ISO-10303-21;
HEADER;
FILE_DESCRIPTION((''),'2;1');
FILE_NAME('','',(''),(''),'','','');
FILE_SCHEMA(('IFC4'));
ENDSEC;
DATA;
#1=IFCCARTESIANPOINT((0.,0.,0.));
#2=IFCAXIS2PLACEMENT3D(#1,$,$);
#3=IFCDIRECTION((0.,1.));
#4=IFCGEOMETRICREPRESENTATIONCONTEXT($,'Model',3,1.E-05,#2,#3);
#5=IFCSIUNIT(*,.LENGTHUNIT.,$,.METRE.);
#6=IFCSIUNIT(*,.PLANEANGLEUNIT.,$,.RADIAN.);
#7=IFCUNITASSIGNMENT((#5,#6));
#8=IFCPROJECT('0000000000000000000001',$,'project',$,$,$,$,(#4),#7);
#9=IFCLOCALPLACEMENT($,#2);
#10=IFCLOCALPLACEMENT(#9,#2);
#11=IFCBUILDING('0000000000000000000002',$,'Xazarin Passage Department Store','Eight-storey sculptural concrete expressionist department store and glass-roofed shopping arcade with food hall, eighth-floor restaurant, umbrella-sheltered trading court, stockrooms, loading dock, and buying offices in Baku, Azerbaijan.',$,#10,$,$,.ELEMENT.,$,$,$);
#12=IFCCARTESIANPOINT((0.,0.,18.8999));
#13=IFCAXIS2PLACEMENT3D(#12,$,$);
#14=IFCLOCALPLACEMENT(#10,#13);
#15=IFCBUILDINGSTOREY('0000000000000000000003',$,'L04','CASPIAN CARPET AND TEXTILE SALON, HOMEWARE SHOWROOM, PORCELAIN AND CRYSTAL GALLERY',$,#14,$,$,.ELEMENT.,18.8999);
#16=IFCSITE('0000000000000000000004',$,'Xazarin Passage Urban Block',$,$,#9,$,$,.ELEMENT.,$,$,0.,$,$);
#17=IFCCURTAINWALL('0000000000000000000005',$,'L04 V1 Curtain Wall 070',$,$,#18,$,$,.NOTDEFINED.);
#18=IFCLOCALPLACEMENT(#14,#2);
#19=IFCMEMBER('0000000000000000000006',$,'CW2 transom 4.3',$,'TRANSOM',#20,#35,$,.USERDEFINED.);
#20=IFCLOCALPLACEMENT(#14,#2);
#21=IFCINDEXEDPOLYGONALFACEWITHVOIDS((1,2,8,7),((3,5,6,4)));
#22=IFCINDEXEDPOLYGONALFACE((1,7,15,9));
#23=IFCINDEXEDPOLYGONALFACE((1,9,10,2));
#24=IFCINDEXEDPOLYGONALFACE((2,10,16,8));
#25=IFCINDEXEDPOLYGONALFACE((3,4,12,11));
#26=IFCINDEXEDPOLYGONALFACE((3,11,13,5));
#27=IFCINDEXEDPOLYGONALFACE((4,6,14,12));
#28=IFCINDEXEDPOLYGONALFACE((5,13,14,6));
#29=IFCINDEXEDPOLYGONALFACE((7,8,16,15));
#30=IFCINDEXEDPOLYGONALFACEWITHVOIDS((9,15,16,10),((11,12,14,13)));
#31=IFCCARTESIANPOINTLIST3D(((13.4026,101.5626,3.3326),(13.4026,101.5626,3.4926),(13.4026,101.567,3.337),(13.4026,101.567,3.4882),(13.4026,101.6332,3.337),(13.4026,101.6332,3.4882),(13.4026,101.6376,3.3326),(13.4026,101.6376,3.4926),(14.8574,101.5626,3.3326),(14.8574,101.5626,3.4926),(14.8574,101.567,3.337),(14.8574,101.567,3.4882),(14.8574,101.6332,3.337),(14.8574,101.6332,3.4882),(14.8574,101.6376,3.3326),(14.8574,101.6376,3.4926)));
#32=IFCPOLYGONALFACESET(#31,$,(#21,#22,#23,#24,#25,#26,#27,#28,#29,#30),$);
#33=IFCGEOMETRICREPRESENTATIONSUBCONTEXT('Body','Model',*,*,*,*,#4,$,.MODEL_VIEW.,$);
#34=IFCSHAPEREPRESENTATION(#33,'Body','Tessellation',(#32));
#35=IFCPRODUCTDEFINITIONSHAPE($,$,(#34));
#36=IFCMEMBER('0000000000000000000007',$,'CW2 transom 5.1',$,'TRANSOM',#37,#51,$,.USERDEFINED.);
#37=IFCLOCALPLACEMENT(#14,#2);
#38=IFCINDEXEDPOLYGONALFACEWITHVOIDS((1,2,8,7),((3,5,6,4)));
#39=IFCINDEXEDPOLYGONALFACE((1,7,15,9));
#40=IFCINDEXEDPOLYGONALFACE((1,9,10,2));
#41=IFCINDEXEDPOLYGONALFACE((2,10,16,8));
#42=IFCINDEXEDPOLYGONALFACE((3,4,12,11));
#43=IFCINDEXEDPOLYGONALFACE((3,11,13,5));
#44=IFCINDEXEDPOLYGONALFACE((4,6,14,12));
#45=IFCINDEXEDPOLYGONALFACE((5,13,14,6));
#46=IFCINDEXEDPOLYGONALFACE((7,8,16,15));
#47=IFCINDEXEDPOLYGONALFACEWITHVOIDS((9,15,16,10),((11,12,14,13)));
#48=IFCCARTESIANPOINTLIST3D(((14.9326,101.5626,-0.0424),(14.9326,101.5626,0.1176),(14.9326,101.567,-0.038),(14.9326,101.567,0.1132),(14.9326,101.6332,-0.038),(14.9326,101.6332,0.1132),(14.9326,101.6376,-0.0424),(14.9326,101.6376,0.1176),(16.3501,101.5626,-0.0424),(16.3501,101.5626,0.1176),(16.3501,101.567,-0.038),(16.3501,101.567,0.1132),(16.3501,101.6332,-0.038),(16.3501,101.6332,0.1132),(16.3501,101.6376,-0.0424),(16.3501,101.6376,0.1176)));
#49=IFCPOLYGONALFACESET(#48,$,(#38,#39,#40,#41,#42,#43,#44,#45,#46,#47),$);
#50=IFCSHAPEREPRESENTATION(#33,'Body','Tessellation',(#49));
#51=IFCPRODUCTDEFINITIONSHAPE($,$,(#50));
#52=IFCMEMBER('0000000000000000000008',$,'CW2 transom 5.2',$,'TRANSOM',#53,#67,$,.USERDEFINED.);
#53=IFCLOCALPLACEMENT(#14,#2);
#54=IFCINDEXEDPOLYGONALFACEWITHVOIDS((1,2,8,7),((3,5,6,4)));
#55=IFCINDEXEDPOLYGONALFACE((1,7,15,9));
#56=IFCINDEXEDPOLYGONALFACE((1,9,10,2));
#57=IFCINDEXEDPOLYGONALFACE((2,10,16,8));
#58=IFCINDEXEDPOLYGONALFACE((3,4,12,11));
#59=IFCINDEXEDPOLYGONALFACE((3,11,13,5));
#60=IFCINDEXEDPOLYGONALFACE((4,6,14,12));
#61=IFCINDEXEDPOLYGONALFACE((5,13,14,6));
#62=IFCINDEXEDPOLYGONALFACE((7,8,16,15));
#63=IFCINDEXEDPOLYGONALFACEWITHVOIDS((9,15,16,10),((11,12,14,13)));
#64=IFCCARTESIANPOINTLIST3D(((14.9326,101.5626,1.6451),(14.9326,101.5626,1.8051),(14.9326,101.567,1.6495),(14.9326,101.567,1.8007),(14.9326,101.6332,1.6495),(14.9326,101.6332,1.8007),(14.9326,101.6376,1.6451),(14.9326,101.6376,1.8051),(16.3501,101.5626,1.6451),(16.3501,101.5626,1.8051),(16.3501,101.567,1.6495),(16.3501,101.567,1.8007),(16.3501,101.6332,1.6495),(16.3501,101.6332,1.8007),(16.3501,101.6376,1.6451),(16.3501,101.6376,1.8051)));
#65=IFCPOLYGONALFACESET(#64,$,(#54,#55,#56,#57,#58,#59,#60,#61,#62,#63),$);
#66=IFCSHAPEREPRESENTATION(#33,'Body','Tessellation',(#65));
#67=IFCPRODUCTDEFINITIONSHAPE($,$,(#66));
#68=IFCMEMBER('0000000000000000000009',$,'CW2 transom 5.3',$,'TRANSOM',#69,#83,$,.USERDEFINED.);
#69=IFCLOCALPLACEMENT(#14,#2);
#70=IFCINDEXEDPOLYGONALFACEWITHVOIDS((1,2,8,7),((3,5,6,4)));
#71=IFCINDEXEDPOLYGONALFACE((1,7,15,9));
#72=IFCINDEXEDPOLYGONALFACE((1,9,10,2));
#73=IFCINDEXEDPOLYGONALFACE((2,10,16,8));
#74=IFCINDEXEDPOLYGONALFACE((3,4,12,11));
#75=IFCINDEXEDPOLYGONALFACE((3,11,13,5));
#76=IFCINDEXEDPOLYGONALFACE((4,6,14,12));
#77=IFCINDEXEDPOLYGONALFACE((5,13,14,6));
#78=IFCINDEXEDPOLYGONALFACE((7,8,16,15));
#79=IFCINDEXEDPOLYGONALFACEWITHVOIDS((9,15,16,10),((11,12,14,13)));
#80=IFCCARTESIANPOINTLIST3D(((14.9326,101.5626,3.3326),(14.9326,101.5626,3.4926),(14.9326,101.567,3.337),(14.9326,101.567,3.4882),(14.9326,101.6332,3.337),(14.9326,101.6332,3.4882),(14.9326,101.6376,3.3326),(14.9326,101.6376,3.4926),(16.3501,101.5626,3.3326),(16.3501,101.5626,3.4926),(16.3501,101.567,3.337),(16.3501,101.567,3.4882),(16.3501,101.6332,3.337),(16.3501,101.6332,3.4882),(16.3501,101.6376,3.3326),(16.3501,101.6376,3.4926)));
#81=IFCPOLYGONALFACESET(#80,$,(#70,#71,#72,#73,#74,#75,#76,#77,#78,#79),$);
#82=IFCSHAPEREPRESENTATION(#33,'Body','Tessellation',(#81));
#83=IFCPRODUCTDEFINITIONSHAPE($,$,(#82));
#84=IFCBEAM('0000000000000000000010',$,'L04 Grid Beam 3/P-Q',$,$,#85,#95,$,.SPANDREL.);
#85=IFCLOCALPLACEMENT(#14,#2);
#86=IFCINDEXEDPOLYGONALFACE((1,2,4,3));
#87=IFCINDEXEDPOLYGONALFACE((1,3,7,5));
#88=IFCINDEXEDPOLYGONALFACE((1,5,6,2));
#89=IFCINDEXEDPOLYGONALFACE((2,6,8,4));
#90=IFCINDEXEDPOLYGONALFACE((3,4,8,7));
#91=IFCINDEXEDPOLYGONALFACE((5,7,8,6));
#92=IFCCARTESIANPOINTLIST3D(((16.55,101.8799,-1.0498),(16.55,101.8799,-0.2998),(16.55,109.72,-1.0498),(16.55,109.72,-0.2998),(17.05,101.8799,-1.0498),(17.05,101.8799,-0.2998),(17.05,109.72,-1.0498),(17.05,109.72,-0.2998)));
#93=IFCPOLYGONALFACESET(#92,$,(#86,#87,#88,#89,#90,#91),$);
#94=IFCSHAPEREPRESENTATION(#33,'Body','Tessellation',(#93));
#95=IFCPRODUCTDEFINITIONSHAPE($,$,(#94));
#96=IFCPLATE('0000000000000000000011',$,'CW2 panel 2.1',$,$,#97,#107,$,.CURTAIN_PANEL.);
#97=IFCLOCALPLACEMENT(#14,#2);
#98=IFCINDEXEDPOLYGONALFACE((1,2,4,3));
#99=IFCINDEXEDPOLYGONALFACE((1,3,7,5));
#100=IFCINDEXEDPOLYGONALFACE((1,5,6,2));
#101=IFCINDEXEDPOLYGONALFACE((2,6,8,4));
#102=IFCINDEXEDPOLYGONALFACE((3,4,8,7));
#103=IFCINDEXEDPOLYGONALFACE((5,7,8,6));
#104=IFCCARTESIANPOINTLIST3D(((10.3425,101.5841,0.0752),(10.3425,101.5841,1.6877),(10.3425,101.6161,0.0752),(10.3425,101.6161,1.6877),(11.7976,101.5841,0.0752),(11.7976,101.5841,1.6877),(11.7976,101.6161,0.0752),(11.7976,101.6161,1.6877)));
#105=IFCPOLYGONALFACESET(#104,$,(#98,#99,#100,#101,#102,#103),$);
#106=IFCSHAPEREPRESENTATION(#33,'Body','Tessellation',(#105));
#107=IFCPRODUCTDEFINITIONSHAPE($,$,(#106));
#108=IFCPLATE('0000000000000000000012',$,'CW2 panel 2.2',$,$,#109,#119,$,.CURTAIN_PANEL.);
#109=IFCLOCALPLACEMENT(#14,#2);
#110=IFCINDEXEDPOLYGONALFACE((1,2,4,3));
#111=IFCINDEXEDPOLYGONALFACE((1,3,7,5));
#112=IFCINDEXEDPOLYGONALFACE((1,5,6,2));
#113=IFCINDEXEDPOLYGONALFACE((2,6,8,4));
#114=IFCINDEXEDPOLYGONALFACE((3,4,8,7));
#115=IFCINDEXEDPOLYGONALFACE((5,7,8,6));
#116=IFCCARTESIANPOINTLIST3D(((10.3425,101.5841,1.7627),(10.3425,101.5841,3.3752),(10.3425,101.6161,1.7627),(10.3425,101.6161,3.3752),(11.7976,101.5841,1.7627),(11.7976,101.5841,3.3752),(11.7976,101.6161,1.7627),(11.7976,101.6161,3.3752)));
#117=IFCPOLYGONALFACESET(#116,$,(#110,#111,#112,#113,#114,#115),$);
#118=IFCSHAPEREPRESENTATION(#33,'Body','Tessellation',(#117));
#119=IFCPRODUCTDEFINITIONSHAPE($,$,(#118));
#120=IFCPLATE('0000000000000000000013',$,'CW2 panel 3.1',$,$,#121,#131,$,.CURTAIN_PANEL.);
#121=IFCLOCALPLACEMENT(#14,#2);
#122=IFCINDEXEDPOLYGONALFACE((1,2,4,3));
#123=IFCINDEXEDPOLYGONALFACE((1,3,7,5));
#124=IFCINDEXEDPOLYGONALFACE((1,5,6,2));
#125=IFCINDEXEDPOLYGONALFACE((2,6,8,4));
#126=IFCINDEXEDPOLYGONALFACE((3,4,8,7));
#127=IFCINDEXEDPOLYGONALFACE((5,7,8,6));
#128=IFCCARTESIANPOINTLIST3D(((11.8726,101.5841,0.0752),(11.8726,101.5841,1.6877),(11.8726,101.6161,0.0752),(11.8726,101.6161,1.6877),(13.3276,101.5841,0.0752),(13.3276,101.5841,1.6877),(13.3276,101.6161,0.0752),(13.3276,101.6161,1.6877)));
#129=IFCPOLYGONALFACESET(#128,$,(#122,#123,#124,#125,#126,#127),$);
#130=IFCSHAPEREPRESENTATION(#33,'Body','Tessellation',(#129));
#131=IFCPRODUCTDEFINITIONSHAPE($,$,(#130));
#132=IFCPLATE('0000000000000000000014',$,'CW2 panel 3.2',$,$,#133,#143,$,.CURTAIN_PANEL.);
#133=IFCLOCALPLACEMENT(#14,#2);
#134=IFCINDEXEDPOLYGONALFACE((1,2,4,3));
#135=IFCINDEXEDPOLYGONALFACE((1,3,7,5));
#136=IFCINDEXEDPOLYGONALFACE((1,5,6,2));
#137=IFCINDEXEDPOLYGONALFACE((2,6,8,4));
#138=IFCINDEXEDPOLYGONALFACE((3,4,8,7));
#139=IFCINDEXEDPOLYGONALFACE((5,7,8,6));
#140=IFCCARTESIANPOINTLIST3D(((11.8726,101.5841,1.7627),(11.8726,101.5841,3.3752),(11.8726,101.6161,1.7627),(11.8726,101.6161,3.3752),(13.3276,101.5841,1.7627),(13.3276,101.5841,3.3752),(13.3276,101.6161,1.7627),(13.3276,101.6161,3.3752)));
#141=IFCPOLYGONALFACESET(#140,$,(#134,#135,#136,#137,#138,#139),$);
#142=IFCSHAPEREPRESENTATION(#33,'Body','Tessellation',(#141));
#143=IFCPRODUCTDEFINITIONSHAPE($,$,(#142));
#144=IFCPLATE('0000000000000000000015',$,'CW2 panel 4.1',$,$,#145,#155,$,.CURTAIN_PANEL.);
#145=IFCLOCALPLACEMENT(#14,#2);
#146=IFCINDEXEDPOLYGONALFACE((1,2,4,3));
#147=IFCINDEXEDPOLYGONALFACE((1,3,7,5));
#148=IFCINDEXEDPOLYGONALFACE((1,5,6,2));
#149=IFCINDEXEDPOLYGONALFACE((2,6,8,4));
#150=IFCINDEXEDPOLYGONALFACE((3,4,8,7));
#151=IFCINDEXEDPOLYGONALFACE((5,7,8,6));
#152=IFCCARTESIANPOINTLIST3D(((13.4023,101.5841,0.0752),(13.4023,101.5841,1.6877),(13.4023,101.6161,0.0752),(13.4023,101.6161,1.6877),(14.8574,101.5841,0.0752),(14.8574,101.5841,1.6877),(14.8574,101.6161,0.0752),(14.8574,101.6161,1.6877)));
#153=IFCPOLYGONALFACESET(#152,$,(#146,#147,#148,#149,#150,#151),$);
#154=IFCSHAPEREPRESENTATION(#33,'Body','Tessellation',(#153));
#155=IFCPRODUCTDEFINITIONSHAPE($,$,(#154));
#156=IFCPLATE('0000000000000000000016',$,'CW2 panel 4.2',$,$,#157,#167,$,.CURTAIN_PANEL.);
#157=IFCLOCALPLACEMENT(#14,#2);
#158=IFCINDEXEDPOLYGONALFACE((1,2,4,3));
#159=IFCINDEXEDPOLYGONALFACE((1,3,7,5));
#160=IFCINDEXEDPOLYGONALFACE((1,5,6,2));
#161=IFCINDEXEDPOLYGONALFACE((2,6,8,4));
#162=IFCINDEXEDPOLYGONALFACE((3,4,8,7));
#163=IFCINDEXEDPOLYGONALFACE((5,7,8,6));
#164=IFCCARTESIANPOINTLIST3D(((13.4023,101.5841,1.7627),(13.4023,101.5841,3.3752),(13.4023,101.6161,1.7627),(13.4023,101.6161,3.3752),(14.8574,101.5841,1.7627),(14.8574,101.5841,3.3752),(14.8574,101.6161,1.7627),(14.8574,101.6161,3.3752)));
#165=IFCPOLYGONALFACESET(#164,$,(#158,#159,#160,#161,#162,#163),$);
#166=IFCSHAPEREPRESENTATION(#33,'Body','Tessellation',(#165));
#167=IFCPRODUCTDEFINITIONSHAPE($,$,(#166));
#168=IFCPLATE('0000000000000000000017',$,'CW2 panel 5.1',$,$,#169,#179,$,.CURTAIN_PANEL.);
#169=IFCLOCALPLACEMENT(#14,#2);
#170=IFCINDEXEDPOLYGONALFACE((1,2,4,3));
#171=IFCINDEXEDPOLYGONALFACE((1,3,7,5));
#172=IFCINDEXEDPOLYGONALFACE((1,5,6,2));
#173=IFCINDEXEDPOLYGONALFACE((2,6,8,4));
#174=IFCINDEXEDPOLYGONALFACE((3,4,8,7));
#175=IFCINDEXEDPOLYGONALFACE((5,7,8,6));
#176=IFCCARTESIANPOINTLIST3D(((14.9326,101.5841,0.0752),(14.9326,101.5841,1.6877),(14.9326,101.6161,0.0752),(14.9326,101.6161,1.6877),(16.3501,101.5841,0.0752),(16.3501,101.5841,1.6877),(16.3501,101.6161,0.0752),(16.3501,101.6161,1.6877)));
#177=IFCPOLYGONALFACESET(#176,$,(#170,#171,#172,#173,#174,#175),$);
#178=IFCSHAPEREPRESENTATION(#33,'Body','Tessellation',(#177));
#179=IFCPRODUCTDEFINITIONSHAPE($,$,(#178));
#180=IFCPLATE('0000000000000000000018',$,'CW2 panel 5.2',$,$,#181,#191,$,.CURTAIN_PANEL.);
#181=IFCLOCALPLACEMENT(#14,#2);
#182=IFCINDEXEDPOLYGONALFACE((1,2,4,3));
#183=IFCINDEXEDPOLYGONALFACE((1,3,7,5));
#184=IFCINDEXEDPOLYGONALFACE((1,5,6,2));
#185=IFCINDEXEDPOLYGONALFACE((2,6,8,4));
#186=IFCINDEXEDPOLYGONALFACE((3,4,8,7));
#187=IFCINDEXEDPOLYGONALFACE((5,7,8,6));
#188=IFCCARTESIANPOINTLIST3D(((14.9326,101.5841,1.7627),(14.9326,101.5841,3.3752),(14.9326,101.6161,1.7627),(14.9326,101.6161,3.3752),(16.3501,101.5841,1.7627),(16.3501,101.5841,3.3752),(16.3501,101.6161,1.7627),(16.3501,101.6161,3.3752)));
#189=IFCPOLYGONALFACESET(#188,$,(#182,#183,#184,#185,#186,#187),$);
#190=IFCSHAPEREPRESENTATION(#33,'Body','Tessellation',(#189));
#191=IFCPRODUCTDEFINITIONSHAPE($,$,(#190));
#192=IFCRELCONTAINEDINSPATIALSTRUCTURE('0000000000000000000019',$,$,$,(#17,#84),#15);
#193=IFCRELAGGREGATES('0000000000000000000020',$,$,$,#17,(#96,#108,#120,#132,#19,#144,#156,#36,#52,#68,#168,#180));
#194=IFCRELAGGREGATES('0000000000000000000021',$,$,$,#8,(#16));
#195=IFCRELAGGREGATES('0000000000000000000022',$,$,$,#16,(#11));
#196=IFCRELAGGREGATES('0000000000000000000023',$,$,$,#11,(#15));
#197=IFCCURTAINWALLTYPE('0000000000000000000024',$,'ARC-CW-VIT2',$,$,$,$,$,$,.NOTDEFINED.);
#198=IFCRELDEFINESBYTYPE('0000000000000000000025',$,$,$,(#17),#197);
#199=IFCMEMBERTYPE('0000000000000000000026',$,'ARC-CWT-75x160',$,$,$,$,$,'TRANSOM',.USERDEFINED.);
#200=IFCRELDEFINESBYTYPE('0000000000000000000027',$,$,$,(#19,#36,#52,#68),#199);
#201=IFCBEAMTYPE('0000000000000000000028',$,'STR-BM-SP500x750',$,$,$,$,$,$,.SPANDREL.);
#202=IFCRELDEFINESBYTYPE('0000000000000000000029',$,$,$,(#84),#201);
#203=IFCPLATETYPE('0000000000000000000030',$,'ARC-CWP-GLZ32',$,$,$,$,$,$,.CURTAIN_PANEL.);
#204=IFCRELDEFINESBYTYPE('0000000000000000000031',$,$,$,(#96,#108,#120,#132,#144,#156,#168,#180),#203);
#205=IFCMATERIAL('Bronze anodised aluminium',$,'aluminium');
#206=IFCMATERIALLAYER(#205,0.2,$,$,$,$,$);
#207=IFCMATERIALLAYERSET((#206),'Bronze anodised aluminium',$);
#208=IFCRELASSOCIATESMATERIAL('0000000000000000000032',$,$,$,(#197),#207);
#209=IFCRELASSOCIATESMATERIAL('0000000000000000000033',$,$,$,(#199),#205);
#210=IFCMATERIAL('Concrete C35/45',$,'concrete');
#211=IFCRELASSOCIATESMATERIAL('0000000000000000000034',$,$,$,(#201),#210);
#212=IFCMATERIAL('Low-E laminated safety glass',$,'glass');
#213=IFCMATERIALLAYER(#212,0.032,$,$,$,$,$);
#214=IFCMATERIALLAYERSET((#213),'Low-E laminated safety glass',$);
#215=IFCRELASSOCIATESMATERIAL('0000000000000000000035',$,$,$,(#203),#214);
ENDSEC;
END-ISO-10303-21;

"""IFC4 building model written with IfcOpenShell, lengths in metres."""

from ifc_helpers import new_model, si_unit, direction, frame, origin, origin_2d, place, context, subcontext, project, spatial, rectangle, hollow_rectangle, extrude, material, layer, layer_set, material_profile, profile_set, type_object, element, aggregate, save


model = new_model("IFC4")

# Units and contexts
model_context = context("Model", 3, precision=1e-05, world=origin(), true_north=direction((0.0, 1.0)))
body_context = subcontext(model_context, "Body", "Model", "MODEL_VIEW")
ifc_project = project(units=[si_unit("LENGTHUNIT", "METRE"), si_unit("PLANEANGLEUNIT", "RADIAN")], contexts=[model_context])

# Site, building, storey
site_placement = place(None, origin())
site = spatial("IfcSite", under=ifc_project, at=site_placement, Name="Xazarin Passage Urban Block", CompositionType="ELEMENT", RefElevation=0.0)
building_placement = place(site_placement, origin())
building = spatial("IfcBuilding", under=site, at=building_placement, Name="Xazarin Passage Department Store", Description="Eight-storey sculptural concrete expressionist department store and glass-roofed shopping arcade with food hall, eighth-floor restaurant, umbrella-sheltered trading court, stockrooms, loading dock, and buying offices in Baku, Azerbaijan.", CompositionType="ELEMENT")
storey_placement = place(building_placement, frame((0.0, 0.0, 18.8999)))
storey = spatial("IfcBuildingStorey", under=building, at=storey_placement, Name="L04", Description="CASPIAN CARPET AND TEXTILE SALON, HOMEWARE SHOWROOM, PORCELAIN AND CRYSTAL GALLERY", CompositionType="ELEMENT", Elevation=18.8999)

# Curtain wall
ifc_material_1 = material(Name="Bronze anodised aluminium", Category="aluminium")
ifc_layer_1 = layer(ifc_material_1, 0.2)
ifc_layer_set_1 = layer_set([ifc_layer_1], Name="Bronze anodised aluminium")
curtain_wall_type = type_object("IfcCurtainWallType", Name="ARC-CW-VIT2", PredefinedType="NOTDEFINED", material=ifc_layer_set_1)
curtain_wall_1_placement = place(storey_placement, origin())
curtain_wall_1 = element("IfcCurtainWall", 1, at=curtain_wall_1_placement, inside=storey, type_object=curtain_wall_type, Name="L04 V1 Curtain Wall 070", PredefinedType="NOTDEFINED")

# Members
ifc_material_profile_1 = material_profile(ifc_material_1, hollow_rectangle(XDim=0.075, YDim=0.1599, WallThickness=0.0044, at=origin_2d()), Name="ALU 75x160")
ifc_profile_set_1 = profile_set([ifc_material_profile_1], Name="Bronze anodised aluminium")
member_type_1 = type_object("IfcMemberType", Name="ARC-CWT-75x160", ElementType="TRANSOM", PredefinedType="USERDEFINED", material=ifc_profile_set_1)
member_1_placement = place(storey_placement, frame((13.4026, 101.6001, 3.4126), z_axis=(1.0, 0.0, 0.0), x_axis=(0.0, 1.0, 0.0)))
member_1 = element("IfcMember", 2, at=member_1_placement, type_object=member_type_1, Name="CW2 transom 4.3", ObjectType="TRANSOM", PredefinedType="USERDEFINED", context=body_context, shape_type="SweptSolid", body=[
    extrude(hollow_rectangle(XDim=0.075, YDim=0.1599, WallThickness=0.0044, at=origin_2d()), origin(), (0.0, 0.0, 1.0), 1.4548),
])
member_2_placement = place(storey_placement, frame((14.9326, 101.6001, 0.0376), z_axis=(1.0, 0.0, 0.0), x_axis=(0.0, 1.0, 0.0)))
member_2 = element("IfcMember", 3, at=member_2_placement, type_object=member_type_1, Name="CW2 transom 5.1", ObjectType="TRANSOM", PredefinedType="USERDEFINED", context=body_context, shape_type="SweptSolid", body=[
    extrude(hollow_rectangle(XDim=0.075, YDim=0.1599, WallThickness=0.0044, at=origin_2d()), origin(), (0.0, 0.0, 1.0), 1.4175),
])
member_3_placement = place(storey_placement, frame((14.9326, 101.6001, 1.7251), z_axis=(1.0, 0.0, 0.0), x_axis=(0.0, 1.0, 0.0)))
member_3 = element("IfcMember", 4, at=member_3_placement, type_object=member_type_1, Name="CW2 transom 5.2", ObjectType="TRANSOM", PredefinedType="USERDEFINED", context=body_context, shape_type="SweptSolid", body=[
    extrude(hollow_rectangle(XDim=0.075, YDim=0.1599, WallThickness=0.0044, at=origin_2d()), origin(), (0.0, 0.0, 1.0), 1.4175),
])
member_4_placement = place(storey_placement, frame((14.9326, 101.6001, 3.4126), z_axis=(1.0, 0.0, 0.0), x_axis=(0.0, 1.0, 0.0)))
member_4 = element("IfcMember", 5, at=member_4_placement, type_object=member_type_1, Name="CW2 transom 5.3", ObjectType="TRANSOM", PredefinedType="USERDEFINED", context=body_context, shape_type="SweptSolid", body=[
    extrude(hollow_rectangle(XDim=0.075, YDim=0.1599, WallThickness=0.0044, at=origin_2d()), origin(), (0.0, 0.0, 1.0), 1.4175),
])

# Beam
ifc_material_2 = material(Name="Concrete C35/45", Category="concrete")
ifc_material_profile_2 = material_profile(ifc_material_2, rectangle(XDim=0.5, YDim=0.75, at=origin_2d()), Name="RC 500x750")
ifc_profile_set_2 = profile_set([ifc_material_profile_2], Name="Concrete C35/45")
beam_type = type_object("IfcBeamType", Name="STR-BM-SP500x750", PredefinedType="SPANDREL", material=ifc_profile_set_2)
beam_placement = place(storey_placement, frame((16.8, 101.8799, -0.6748), z_axis=(0.0, 1.0, 0.0), x_axis=(-1.0, 0.0, 0.0)))
element("IfcBeam", 6, at=beam_placement, inside=storey, type_object=beam_type, Name="L04 Grid Beam 3/P-Q", PredefinedType="SPANDREL", context=body_context, shape_type="SweptSolid", body=[
    extrude(rectangle(XDim=0.5, YDim=0.75, at=origin_2d()), origin(), (0.0, 0.0, 1.0), 7.8401),
])

# Plates
ifc_material_3 = material(Name="Low-E laminated safety glass", Category="glass")
ifc_layer_2 = layer(ifc_material_3, 0.032)
ifc_layer_set_2 = layer_set([ifc_layer_2], Name="Low-E laminated safety glass")
plate_type = type_object("IfcPlateType", Name="ARC-CWP-GLZ32", PredefinedType="CURTAIN_PANEL", material=ifc_layer_set_2)
plate_1_placement = place(storey_placement, frame((11.0701, 101.6001, 0.0752), z_axis=(0.0, 0.0, 1.0), x_axis=(1.0, 0.0, 0.0)))
plate_1 = element("IfcPlate", 7, at=plate_1_placement, type_object=plate_type, Name="CW2 panel 2.1", PredefinedType="CURTAIN_PANEL", context=body_context, shape_type="SweptSolid", body=[
    extrude(rectangle(XDim=1.4551, YDim=0.032, at=origin_2d()), origin(), (0.0, 0.0, 1.0), 1.6125),
])
plate_2_placement = place(storey_placement, frame((11.0701, 101.6001, 1.7627), z_axis=(0.0, 0.0, 1.0), x_axis=(1.0, 0.0, 0.0)))
plate_2 = element("IfcPlate", 8, at=plate_2_placement, type_object=plate_type, Name="CW2 panel 2.2", PredefinedType="CURTAIN_PANEL", context=body_context, shape_type="SweptSolid", body=[
    extrude(rectangle(XDim=1.4551, YDim=0.032, at=origin_2d()), origin(), (0.0, 0.0, 1.0), 1.6125),
])
plate_3_placement = place(storey_placement, frame((12.6001, 101.6001, 0.0752), z_axis=(0.0, 0.0, 1.0), x_axis=(1.0, 0.0, 0.0)))
plate_3 = element("IfcPlate", 9, at=plate_3_placement, type_object=plate_type, Name="CW2 panel 3.1", PredefinedType="CURTAIN_PANEL", context=body_context, shape_type="SweptSolid", body=[
    extrude(rectangle(XDim=1.4551, YDim=0.032, at=origin_2d()), origin(), (0.0, 0.0, 1.0), 1.6125),
])
plate_4_placement = place(storey_placement, frame((12.6001, 101.6001, 1.7627), z_axis=(0.0, 0.0, 1.0), x_axis=(1.0, 0.0, 0.0)))
plate_4 = element("IfcPlate", 10, at=plate_4_placement, type_object=plate_type, Name="CW2 panel 3.2", PredefinedType="CURTAIN_PANEL", context=body_context, shape_type="SweptSolid", body=[
    extrude(rectangle(XDim=1.4551, YDim=0.032, at=origin_2d()), origin(), (0.0, 0.0, 1.0), 1.6125),
])
plate_5_placement = place(storey_placement, frame((14.1299, 101.6001, 0.0752), z_axis=(0.0, 0.0, 1.0), x_axis=(1.0, 0.0, 0.0)))
plate_5 = element("IfcPlate", 11, at=plate_5_placement, type_object=plate_type, Name="CW2 panel 4.1", PredefinedType="CURTAIN_PANEL", context=body_context, shape_type="SweptSolid", body=[
    extrude(rectangle(XDim=1.4551, YDim=0.032, at=origin_2d()), origin(), (0.0, 0.0, 1.0), 1.6125),
])
plate_6_placement = place(storey_placement, frame((14.1299, 101.6001, 1.7627), z_axis=(0.0, 0.0, 1.0), x_axis=(1.0, 0.0, 0.0)))
plate_6 = element("IfcPlate", 12, at=plate_6_placement, type_object=plate_type, Name="CW2 panel 4.2", PredefinedType="CURTAIN_PANEL", context=body_context, shape_type="SweptSolid", body=[
    extrude(rectangle(XDim=1.4551, YDim=0.032, at=origin_2d()), origin(), (0.0, 0.0, 1.0), 1.6125),
])
plate_7_placement = place(storey_placement, frame((15.6414, 101.6001, 0.0752), z_axis=(0.0, 0.0, 1.0), x_axis=(1.0, 0.0, 0.0)))
plate_7 = element("IfcPlate", 13, at=plate_7_placement, type_object=plate_type, Name="CW2 panel 5.1", PredefinedType="CURTAIN_PANEL", context=body_context, shape_type="SweptSolid", body=[
    extrude(rectangle(XDim=1.4175, YDim=0.032, at=origin_2d()), origin(), (0.0, 0.0, 1.0), 1.6125),
])
plate_8_placement = place(storey_placement, frame((15.6414, 101.6001, 1.7627), z_axis=(0.0, 0.0, 1.0), x_axis=(1.0, 0.0, 0.0)))
plate_8 = element("IfcPlate", 14, at=plate_8_placement, type_object=plate_type, Name="CW2 panel 5.2", PredefinedType="CURTAIN_PANEL", context=body_context, shape_type="SweptSolid", body=[
    extrude(rectangle(XDim=1.4175, YDim=0.032, at=origin_2d()), origin(), (0.0, 0.0, 1.0), 1.6125),
])
aggregate(curtain_wall_1, [plate_1, plate_2, plate_3, plate_4, member_1, plate_5, plate_6, member_2, member_3, member_4, plate_7, plate_8])

save(model, "model.ifc")
